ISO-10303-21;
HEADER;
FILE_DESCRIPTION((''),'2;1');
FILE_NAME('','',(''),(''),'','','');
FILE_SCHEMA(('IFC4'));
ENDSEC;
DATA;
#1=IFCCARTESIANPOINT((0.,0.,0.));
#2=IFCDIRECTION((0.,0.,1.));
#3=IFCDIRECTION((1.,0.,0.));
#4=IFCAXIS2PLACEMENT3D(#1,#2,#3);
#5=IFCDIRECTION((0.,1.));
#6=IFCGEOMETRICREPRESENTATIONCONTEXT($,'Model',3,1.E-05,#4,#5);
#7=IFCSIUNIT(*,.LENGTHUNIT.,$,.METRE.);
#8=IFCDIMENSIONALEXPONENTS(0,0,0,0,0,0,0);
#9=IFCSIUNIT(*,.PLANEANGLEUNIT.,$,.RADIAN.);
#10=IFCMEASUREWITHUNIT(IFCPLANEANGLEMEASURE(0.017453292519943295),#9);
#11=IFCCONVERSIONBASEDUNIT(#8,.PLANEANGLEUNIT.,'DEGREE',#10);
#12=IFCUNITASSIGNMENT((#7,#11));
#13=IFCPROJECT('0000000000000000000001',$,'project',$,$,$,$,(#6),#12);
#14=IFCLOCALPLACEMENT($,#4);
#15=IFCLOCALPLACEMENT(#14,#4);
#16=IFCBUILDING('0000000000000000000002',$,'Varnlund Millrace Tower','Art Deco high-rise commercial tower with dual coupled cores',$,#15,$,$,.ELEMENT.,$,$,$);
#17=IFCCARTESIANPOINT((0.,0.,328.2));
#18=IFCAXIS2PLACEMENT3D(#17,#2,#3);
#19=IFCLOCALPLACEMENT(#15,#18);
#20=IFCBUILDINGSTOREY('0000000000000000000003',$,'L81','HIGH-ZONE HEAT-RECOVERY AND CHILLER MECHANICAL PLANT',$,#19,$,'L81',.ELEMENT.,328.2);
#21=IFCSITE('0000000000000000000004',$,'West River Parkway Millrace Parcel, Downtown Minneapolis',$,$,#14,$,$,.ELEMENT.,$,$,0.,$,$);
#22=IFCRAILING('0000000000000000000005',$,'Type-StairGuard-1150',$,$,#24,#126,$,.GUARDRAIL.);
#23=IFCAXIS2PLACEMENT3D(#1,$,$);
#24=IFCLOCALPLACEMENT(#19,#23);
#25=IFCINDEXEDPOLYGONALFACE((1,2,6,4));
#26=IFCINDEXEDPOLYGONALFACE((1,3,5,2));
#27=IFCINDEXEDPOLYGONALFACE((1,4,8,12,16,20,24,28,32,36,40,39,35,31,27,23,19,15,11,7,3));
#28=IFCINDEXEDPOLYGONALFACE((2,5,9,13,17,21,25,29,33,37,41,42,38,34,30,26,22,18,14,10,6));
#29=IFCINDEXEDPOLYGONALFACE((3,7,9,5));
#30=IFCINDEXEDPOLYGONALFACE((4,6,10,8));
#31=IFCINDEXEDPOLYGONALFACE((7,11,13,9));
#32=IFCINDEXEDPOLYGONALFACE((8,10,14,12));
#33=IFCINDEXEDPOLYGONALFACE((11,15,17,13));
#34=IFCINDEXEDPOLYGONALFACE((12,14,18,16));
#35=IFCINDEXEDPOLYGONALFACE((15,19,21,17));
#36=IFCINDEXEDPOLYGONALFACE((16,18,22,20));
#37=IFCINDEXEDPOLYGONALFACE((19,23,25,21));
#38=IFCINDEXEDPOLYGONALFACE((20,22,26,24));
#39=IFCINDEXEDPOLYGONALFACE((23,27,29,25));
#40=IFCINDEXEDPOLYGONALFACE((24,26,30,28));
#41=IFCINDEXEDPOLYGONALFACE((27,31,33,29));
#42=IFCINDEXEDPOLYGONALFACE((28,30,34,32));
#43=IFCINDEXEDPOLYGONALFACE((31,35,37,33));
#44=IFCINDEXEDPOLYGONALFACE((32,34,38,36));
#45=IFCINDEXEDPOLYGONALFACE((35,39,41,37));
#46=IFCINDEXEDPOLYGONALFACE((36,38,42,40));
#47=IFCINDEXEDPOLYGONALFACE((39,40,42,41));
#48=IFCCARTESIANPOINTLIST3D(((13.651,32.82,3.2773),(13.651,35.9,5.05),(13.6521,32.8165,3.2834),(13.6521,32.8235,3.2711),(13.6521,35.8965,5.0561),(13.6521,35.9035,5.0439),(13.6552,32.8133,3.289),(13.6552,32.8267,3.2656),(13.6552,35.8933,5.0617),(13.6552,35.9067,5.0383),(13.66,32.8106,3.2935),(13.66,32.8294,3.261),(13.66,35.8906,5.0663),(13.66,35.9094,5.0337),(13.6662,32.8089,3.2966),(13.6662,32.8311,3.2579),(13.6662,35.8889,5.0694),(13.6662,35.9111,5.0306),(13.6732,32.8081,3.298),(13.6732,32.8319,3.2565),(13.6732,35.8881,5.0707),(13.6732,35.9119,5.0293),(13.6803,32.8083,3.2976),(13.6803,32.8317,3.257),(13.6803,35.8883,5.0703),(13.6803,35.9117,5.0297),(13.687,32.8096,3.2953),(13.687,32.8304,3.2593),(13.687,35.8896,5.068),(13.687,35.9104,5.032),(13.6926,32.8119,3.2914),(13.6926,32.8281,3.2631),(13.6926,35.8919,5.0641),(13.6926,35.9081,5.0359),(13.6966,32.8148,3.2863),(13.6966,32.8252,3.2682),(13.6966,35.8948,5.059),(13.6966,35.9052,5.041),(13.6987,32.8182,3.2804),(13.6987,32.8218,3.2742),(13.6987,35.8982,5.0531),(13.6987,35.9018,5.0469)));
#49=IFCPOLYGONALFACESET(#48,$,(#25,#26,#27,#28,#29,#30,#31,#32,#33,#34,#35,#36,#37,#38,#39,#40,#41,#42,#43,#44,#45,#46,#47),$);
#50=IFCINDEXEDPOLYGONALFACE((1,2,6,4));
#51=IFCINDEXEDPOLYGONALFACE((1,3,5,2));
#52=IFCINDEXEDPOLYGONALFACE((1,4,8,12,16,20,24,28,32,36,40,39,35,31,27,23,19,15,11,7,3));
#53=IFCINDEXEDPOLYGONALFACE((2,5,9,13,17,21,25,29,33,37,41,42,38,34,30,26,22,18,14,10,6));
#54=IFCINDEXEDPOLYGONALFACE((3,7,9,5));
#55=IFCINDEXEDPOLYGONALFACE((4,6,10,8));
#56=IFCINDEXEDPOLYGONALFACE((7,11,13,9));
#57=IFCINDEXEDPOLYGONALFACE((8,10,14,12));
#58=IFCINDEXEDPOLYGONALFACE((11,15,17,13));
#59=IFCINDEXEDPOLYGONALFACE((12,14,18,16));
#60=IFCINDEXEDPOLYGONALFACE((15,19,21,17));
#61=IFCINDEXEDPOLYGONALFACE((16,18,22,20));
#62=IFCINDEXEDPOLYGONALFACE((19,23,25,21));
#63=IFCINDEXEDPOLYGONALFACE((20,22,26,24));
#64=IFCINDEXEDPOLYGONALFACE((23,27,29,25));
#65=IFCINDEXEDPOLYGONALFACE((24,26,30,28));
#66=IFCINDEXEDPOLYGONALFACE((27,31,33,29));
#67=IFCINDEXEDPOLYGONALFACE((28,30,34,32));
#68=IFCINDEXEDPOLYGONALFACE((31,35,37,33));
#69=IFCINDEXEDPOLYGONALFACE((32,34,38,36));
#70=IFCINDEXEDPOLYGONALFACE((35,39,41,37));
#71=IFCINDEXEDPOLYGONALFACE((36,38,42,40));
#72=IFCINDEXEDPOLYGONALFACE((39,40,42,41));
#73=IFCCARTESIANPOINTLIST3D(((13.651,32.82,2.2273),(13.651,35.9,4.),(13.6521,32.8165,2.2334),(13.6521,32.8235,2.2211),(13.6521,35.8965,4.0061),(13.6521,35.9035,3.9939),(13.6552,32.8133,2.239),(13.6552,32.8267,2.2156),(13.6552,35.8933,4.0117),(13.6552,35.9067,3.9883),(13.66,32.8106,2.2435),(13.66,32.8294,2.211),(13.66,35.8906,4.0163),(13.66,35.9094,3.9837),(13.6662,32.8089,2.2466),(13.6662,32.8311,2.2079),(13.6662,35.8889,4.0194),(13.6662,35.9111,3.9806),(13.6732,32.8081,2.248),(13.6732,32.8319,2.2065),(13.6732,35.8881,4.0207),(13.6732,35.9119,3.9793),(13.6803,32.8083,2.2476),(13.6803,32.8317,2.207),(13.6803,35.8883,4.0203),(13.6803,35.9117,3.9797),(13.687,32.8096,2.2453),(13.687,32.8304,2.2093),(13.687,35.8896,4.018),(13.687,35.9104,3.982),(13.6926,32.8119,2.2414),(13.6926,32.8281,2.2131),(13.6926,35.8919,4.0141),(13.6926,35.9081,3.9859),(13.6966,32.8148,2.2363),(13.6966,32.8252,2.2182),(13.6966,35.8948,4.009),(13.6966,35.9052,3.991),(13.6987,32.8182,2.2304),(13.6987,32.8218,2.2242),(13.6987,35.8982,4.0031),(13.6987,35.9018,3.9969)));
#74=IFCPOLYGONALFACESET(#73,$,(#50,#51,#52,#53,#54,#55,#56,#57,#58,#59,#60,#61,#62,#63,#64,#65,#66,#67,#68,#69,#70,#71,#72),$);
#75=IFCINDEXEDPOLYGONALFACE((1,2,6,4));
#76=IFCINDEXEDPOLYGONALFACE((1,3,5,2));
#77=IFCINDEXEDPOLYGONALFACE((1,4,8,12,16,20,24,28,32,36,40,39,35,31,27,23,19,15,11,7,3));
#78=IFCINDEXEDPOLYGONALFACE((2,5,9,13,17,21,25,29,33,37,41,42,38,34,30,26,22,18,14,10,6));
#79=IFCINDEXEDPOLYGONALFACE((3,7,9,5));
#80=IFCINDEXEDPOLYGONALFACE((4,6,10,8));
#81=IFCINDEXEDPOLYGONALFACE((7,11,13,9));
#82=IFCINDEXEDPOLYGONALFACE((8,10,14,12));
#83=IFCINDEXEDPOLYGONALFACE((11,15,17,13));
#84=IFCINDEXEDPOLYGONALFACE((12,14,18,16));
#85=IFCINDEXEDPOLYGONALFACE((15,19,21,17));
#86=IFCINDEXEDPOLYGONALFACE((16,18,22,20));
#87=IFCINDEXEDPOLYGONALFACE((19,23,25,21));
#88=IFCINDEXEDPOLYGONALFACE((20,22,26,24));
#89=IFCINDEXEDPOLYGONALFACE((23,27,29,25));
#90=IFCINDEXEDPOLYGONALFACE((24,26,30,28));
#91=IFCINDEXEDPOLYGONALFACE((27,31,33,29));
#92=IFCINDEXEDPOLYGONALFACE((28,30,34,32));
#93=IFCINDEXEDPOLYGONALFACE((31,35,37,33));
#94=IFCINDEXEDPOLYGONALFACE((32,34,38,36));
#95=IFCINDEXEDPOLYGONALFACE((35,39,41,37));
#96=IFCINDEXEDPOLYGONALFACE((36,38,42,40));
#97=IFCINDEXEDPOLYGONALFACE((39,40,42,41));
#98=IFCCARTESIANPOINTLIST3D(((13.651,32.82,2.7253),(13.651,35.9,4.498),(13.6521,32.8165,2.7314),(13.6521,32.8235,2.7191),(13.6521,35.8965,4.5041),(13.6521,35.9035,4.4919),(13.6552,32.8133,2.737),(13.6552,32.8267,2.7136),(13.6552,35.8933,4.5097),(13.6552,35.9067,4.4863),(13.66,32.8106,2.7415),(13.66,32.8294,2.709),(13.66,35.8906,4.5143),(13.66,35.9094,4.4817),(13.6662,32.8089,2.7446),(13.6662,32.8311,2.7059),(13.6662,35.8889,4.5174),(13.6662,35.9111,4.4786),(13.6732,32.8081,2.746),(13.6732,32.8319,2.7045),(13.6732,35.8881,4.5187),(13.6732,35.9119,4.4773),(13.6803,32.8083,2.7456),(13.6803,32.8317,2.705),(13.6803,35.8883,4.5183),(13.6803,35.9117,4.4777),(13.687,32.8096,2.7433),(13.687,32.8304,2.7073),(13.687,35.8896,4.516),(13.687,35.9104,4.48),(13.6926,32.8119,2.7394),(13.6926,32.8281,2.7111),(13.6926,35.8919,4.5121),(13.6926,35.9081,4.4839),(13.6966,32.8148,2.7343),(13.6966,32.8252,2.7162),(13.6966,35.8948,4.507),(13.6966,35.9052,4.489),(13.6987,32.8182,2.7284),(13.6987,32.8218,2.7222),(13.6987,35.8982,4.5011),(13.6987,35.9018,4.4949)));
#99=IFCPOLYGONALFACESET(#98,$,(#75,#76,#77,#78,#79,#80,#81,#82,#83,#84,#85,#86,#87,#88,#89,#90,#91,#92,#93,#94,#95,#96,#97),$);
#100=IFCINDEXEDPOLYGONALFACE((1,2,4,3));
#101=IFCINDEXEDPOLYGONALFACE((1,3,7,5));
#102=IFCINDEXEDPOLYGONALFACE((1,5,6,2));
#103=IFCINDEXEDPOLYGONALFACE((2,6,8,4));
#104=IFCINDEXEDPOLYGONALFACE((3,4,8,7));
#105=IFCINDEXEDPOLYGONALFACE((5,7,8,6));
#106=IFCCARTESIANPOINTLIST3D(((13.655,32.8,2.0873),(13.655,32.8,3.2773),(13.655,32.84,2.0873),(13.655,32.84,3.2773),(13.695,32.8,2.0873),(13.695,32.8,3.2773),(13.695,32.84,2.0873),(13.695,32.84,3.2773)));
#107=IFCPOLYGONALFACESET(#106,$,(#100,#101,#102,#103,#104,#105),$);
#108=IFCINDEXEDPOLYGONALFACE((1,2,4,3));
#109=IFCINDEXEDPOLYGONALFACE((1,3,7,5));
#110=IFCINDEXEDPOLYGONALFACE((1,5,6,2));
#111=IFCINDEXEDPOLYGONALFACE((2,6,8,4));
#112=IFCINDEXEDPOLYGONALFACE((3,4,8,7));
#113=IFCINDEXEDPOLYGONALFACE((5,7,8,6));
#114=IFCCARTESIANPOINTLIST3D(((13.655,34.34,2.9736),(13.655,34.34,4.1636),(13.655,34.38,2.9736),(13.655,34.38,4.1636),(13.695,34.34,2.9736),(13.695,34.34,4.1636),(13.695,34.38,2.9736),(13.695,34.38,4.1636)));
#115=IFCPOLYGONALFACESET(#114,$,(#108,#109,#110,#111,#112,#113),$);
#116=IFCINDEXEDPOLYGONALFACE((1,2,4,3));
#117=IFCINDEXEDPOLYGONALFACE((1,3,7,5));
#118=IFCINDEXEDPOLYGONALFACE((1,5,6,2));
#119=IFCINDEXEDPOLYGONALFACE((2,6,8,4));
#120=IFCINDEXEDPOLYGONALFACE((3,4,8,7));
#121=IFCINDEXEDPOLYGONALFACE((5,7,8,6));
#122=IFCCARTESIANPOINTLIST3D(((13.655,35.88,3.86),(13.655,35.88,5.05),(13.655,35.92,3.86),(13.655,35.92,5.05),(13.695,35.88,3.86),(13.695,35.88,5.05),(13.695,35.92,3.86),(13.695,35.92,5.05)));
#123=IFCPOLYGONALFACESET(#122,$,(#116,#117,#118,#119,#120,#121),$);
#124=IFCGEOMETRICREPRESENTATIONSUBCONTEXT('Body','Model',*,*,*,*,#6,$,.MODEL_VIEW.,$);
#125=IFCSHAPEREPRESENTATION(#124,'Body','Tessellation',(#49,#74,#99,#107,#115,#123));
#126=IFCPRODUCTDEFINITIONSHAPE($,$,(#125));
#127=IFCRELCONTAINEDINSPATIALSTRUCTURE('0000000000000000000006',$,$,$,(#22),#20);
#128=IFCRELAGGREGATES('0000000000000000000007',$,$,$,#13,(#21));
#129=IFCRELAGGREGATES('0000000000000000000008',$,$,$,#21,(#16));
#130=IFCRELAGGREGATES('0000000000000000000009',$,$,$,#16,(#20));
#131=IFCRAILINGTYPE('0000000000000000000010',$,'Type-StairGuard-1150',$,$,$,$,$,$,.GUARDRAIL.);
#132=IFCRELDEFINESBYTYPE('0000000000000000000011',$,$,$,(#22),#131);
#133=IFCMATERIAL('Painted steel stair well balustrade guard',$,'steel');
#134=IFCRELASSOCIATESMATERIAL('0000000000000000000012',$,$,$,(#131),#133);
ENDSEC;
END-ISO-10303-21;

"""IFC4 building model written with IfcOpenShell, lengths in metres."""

from ifc_helpers import new_model, entity, si_unit, converted_unit, direction, frame, origin_with_axes, origin_2d_with_axis, place, context, subcontext, project, spatial, rectangle, circle, extrude, material, type_object, element, save


model = new_model("IFC4")

# Units and contexts
model_context = context("Model", 3, precision=1e-05, world=origin_with_axes(), true_north=direction((0.0, 1.0)))
body_context = subcontext(model_context, "Body", "Model", "MODEL_VIEW")
ifc_project = project(units=[si_unit("LENGTHUNIT", "METRE"), converted_unit("PLANEANGLEUNIT", "DEGREE", entity("IfcPlaneAngleMeasure", 0.017453292519943295), si_unit("PLANEANGLEUNIT", "RADIAN"), dimensions=[0, 0, 0, 0, 0, 0, 0])], contexts=[model_context])

# Site, building, storey
site_placement = place(None, origin_with_axes())
site = spatial("IfcSite", under=ifc_project, at=site_placement, Name="West River Parkway Millrace Parcel, Downtown Minneapolis", CompositionType="ELEMENT", RefElevation=0.0)
building_placement = place(site_placement, origin_with_axes())
building = spatial("IfcBuilding", under=site, at=building_placement, Name="Varnlund Millrace Tower", Description="Art Deco high-rise commercial tower with dual coupled cores", CompositionType="ELEMENT")
storey_placement = place(building_placement, frame((0.0, 0.0, 328.2), z_axis=(0.0, 0.0, 1.0), x_axis=(1.0, 0.0, 0.0)))
storey = spatial("IfcBuildingStorey", under=building, at=storey_placement, Name="L81", Description="HIGH-ZONE HEAT-RECOVERY AND CHILLER MECHANICAL PLANT", LongName="L81", CompositionType="ELEMENT", Elevation=328.2)

# Railing
ifc_material_1 = material(Name="Painted steel stair well balustrade guard", Category="steel")
railing_type_1 = type_object("IfcRailingType", Name="Type-StairGuard-1150", PredefinedType="GUARDRAIL", material=ifc_material_1)
railing_1_placement = place(storey_placement, frame((0.0, 0.0, -328.2), z_axis=(0.0, 0.0, 1.0), x_axis=(1.0, 0.0, 0.0)))
element("IfcRailing", 1, at=railing_1_placement, inside=storey, type_object=railing_type_1, Name="Type-StairGuard-1150", PredefinedType="GUARDRAIL", context=body_context, shape_type="SweptSolid", body=[
    extrude(circle(Radius=0.024, at=origin_2d_with_axis()), frame((13.675, 32.82, 331.4773), z_axis=(0.0, 0.866696, 0.498836), x_axis=(-1.0, 0.0, 0.0)), (0.0, 0.0, 1.0), 3.5537),
    extrude(circle(Radius=0.024, at=origin_2d_with_axis()), frame((13.675, 32.82, 330.4273), z_axis=(0.0, 0.866696, 0.498836), x_axis=(-1.0, 0.0, 0.0)), (0.0, 0.0, 1.0), 3.5537),
    extrude(circle(Radius=0.024, at=origin_2d_with_axis()), frame((13.675, 32.82, 330.9253), z_axis=(0.0, 0.866696, 0.498836), x_axis=(-1.0, 0.0, 0.0)), (0.0, 0.0, 1.0), 3.5537),
    extrude(rectangle(XDim=0.04, YDim=0.04, at=origin_2d_with_axis()), frame((13.675, 32.82, 330.2873), z_axis=(0.0, 0.0, 1.0), x_axis=(1.0, 0.0, 0.0)), (0.0, 0.0, 1.0), 1.19),
    extrude(rectangle(XDim=0.04, YDim=0.04, at=origin_2d_with_axis()), frame((13.675, 34.36, 331.1736), z_axis=(0.0, 0.0, 1.0), x_axis=(1.0, 0.0, 0.0)), (0.0, 0.0, 1.0), 1.19),
    extrude(rectangle(XDim=0.04, YDim=0.04, at=origin_2d_with_axis()), frame((13.675, 35.9, 332.06), z_axis=(0.0, 0.0, 1.0), x_axis=(1.0, 0.0, 0.0)), (0.0, 0.0, 1.0), 1.19),
])

save(model, "model.ifc")
